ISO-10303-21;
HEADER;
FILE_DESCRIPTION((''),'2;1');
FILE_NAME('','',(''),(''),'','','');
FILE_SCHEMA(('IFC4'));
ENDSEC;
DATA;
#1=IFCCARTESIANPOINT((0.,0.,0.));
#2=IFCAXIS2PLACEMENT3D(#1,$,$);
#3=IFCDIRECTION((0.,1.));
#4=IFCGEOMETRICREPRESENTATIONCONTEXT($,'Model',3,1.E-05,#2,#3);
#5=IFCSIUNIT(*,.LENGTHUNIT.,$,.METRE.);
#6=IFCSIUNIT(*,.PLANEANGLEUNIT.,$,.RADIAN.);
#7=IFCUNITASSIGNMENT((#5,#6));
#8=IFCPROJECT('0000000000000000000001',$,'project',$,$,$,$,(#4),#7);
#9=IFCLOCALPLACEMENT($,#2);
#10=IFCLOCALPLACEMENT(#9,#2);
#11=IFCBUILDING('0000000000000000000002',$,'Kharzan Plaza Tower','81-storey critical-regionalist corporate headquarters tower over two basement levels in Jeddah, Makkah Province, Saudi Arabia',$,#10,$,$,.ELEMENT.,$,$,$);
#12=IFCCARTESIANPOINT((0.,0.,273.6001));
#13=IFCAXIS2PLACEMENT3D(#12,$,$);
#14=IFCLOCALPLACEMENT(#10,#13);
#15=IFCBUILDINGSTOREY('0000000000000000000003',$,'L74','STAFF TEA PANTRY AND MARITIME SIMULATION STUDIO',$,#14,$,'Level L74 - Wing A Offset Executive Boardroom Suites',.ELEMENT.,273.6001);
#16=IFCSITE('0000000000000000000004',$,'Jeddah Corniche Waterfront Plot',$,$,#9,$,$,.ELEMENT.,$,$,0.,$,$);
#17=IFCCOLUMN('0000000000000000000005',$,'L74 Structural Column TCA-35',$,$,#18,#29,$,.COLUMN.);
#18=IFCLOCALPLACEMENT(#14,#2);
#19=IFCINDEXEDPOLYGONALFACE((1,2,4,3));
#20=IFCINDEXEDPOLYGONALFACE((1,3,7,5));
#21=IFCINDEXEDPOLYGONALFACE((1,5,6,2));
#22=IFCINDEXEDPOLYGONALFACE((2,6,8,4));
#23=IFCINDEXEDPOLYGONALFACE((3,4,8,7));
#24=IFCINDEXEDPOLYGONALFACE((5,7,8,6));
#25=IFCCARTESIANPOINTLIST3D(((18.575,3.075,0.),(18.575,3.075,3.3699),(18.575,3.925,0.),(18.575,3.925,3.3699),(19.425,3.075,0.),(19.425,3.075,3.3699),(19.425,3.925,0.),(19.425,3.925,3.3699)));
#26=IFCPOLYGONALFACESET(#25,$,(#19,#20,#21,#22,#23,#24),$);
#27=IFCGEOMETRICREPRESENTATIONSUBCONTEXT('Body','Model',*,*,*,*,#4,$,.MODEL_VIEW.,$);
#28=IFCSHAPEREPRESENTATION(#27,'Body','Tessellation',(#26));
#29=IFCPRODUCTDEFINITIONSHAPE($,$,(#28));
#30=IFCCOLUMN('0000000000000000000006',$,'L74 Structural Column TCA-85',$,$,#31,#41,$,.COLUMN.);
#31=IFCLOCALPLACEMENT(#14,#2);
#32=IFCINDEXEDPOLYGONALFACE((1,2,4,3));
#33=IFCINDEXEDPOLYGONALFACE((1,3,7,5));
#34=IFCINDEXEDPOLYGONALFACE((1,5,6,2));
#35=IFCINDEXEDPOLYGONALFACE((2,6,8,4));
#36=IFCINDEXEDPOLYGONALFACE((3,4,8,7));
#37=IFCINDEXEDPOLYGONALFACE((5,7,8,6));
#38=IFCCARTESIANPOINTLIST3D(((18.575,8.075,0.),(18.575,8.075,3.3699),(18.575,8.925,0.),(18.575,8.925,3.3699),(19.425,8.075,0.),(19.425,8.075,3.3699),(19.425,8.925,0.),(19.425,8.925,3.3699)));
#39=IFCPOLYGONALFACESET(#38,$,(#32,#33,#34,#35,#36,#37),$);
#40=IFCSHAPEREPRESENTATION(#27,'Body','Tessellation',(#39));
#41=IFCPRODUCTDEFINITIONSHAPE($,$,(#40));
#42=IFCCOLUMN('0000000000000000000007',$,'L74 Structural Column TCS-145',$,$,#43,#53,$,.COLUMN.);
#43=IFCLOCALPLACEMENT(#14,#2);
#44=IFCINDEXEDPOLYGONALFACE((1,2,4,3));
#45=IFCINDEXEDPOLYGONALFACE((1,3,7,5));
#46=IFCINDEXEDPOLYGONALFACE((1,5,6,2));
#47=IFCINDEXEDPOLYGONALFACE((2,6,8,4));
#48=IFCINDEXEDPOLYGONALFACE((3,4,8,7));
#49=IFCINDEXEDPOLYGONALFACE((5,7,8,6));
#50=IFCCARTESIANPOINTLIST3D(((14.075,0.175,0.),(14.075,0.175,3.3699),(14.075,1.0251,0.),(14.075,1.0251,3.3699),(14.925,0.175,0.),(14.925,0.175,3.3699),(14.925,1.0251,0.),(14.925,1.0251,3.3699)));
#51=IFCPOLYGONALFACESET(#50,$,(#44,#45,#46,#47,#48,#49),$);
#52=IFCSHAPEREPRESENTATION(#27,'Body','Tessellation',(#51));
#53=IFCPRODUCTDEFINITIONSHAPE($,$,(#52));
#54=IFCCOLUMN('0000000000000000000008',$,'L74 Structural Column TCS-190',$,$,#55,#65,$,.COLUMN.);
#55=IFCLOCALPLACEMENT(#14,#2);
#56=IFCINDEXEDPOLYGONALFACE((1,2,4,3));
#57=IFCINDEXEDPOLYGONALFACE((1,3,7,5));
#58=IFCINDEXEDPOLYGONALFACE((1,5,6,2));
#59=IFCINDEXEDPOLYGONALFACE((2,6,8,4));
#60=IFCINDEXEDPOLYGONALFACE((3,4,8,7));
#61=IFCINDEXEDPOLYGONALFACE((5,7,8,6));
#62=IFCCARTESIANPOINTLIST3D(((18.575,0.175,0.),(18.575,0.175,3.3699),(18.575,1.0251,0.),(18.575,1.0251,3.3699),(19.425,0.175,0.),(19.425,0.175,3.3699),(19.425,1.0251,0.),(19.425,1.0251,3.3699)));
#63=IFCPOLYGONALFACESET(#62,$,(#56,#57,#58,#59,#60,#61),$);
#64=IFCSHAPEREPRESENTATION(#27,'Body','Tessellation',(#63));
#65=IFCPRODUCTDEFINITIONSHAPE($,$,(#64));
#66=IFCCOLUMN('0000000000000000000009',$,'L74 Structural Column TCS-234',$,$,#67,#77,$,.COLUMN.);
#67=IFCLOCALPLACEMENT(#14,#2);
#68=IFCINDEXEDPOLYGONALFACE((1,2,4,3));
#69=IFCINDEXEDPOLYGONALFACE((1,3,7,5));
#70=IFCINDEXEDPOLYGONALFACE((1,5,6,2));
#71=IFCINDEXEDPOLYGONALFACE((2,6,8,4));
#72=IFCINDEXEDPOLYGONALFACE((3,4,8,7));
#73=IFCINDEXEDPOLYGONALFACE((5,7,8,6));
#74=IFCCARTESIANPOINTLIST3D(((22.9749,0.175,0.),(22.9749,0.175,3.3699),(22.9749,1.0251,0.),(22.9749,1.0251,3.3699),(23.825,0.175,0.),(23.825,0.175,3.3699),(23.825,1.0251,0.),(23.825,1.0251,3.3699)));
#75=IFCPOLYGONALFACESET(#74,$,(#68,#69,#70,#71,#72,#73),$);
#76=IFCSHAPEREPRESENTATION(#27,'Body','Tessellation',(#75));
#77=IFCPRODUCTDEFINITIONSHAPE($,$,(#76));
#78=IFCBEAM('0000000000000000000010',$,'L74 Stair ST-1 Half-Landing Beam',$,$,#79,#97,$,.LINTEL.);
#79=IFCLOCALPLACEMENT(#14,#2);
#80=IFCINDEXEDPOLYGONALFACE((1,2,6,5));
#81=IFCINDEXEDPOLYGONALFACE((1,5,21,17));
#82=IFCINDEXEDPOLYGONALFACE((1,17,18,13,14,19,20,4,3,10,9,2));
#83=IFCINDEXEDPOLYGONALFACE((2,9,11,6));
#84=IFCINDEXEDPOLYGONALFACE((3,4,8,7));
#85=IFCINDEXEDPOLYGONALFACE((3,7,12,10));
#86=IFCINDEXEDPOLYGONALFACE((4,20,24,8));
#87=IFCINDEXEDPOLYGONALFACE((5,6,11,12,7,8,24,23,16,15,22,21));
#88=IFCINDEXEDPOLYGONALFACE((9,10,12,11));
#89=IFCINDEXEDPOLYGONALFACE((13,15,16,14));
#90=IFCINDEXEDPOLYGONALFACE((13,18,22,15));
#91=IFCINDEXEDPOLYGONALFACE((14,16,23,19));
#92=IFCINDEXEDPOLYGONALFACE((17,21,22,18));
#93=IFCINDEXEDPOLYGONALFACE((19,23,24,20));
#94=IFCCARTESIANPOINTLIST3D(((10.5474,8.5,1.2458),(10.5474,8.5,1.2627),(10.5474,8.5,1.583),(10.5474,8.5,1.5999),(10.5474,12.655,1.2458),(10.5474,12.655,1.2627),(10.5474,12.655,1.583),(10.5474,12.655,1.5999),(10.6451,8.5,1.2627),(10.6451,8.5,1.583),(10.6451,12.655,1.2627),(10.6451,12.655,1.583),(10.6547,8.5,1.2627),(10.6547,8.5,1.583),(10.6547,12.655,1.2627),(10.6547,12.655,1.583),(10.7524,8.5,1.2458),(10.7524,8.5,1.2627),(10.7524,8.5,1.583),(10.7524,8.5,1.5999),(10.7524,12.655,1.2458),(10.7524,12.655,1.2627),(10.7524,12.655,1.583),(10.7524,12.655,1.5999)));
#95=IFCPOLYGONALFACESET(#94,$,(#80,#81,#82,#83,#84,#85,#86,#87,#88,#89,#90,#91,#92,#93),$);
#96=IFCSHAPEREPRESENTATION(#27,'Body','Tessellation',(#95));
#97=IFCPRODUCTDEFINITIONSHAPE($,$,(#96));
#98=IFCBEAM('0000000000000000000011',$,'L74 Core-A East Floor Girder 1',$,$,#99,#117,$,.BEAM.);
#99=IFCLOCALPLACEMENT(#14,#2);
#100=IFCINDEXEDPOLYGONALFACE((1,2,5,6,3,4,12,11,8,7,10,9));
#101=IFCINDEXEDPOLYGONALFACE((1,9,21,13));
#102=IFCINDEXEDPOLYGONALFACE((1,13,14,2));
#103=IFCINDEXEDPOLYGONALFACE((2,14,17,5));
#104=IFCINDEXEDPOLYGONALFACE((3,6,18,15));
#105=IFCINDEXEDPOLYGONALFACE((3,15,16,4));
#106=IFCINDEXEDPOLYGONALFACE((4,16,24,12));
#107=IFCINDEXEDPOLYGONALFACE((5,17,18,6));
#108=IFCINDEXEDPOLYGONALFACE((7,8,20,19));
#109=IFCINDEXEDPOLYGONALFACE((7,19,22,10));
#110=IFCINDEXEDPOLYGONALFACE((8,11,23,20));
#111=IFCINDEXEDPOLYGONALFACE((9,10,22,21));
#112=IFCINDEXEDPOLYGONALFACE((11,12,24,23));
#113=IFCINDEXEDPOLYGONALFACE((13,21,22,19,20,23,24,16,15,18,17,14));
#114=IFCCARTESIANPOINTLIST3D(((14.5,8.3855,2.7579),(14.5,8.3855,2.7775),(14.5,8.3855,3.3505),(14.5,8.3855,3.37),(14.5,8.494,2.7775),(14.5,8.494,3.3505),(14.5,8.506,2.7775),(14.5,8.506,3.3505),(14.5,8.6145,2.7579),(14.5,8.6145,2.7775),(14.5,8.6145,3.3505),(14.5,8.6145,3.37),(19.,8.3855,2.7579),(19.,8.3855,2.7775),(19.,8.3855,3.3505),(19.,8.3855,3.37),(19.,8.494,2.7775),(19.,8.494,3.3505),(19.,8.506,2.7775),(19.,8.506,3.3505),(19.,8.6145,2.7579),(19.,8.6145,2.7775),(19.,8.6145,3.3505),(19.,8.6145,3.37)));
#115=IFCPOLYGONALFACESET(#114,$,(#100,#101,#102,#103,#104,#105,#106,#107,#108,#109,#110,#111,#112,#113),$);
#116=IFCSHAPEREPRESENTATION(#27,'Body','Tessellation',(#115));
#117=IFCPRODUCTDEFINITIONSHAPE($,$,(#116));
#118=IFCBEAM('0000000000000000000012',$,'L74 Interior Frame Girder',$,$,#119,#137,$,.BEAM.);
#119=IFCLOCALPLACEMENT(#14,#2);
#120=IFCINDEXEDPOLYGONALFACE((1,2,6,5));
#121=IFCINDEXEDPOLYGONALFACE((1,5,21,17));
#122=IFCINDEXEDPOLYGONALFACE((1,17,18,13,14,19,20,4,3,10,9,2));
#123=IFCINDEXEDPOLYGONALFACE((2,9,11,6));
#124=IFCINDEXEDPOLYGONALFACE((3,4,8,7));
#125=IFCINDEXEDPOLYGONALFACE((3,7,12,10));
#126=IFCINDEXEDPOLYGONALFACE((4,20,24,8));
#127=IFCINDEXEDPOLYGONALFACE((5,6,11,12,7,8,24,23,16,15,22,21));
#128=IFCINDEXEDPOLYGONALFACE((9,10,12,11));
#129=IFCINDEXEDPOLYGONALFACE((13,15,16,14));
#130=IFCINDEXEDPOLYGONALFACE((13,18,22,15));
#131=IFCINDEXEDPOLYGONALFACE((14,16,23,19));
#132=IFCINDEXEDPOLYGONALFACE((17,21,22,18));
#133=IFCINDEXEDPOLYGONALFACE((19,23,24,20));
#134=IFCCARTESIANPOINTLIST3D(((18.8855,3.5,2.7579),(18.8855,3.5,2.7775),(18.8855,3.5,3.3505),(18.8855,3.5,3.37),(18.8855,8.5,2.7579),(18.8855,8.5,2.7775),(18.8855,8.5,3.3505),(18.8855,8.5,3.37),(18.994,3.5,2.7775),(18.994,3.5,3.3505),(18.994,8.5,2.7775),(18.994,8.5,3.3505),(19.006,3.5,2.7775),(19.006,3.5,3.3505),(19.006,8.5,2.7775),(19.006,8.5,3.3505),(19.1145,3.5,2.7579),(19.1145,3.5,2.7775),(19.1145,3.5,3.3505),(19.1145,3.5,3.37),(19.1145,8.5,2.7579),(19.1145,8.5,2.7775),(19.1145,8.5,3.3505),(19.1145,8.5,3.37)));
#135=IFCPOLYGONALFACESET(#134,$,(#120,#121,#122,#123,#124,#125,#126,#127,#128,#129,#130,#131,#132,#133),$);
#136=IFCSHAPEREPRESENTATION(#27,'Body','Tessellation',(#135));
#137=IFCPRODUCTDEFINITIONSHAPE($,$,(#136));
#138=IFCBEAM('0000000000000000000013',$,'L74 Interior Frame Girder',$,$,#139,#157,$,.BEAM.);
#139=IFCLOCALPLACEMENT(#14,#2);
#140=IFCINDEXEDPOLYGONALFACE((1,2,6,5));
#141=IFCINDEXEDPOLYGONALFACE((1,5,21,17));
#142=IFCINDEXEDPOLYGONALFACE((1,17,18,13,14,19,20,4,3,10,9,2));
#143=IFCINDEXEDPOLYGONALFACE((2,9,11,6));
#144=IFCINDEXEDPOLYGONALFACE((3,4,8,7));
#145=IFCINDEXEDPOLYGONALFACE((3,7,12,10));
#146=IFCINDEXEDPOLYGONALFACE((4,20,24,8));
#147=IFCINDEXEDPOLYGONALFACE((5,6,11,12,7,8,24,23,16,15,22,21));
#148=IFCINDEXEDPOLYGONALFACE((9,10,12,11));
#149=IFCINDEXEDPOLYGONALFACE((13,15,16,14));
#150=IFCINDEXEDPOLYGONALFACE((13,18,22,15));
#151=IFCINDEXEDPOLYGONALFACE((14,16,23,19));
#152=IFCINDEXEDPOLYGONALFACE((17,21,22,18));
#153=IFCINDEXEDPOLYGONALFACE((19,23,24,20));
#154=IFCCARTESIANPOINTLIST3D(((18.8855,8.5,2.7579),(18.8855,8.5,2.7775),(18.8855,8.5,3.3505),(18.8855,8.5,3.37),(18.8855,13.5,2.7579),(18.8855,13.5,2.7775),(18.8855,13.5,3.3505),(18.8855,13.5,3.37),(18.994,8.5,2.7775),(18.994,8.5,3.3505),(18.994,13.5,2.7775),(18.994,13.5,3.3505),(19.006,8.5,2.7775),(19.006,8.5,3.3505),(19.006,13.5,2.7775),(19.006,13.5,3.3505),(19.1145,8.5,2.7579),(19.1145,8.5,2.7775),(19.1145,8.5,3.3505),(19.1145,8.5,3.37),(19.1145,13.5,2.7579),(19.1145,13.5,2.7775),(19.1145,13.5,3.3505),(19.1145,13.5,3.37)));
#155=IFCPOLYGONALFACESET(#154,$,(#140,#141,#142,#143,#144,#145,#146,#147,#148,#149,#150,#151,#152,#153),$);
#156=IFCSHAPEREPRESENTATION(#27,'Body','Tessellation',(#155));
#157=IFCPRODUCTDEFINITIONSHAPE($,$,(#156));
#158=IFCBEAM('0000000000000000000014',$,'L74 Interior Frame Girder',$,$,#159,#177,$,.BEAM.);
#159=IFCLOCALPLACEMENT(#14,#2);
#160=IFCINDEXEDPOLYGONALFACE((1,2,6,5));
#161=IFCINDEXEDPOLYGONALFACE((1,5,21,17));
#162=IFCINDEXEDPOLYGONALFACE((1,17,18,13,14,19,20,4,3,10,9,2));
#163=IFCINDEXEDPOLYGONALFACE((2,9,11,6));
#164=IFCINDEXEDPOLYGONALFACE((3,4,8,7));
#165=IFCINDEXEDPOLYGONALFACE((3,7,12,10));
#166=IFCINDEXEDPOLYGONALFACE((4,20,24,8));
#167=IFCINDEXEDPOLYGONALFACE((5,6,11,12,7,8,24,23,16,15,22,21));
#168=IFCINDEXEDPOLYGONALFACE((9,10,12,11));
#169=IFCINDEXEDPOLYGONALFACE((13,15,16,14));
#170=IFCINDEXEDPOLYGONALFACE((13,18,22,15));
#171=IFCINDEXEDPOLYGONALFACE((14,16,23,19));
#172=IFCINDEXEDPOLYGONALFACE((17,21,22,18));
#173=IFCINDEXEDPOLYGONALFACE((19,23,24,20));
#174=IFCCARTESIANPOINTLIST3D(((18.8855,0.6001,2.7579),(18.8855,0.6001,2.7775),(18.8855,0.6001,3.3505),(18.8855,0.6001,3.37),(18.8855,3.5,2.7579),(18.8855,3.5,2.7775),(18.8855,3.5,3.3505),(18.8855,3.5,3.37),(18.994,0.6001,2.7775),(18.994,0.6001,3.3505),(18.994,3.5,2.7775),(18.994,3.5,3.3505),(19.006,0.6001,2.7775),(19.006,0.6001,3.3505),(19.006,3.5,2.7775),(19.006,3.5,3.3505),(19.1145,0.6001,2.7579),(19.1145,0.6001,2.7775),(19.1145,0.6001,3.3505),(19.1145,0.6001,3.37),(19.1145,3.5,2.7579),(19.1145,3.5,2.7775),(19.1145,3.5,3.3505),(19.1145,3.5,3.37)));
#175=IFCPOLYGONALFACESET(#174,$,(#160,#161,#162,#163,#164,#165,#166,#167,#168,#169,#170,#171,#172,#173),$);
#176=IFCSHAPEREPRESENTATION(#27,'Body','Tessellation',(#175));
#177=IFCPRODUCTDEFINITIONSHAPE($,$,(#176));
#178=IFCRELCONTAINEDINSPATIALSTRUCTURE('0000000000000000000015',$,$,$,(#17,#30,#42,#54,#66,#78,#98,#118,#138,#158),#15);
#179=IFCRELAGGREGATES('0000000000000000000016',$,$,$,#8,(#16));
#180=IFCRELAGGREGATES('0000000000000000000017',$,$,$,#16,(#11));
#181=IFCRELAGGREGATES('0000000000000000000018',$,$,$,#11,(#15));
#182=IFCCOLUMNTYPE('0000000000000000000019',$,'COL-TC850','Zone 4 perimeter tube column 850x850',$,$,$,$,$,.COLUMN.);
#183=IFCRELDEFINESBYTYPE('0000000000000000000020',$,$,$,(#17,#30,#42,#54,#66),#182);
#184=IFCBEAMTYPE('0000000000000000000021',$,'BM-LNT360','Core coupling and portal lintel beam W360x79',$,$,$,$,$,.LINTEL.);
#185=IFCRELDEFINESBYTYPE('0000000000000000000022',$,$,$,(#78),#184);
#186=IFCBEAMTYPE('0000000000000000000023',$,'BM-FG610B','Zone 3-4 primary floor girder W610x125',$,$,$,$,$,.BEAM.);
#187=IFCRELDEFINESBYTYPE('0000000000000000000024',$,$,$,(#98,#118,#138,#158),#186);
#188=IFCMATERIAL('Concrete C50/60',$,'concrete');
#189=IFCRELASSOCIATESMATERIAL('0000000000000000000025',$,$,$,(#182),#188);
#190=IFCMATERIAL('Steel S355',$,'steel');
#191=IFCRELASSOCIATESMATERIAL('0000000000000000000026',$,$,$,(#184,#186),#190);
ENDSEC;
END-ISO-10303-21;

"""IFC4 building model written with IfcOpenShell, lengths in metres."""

from ifc_helpers import new_model, si_unit, direction, frame, origin, origin_2d, place, context, subcontext, project, spatial, rectangle, i_section, extrude, source, transform, mapped, material, material_profile, profile_set, type_object, element, save


model = new_model("IFC4")

# Units and contexts
model_context = context("Model", 3, precision=1e-05, world=origin(), true_north=direction((0.0, 1.0)))
body_context = subcontext(model_context, "Body", "Model", "MODEL_VIEW")
ifc_project = project(units=[si_unit("LENGTHUNIT", "METRE"), si_unit("PLANEANGLEUNIT", "RADIAN")], contexts=[model_context])

# Site, building, storey
site_placement = place(None, origin())
site = spatial("IfcSite", under=ifc_project, at=site_placement, Name="Jeddah Corniche Waterfront Plot", CompositionType="ELEMENT", RefElevation=0.0)
building_placement = place(site_placement, origin())
building = spatial("IfcBuilding", under=site, at=building_placement, Name="Kharzan Plaza Tower", Description="81-storey critical-regionalist corporate headquarters tower over two basement levels in Jeddah, Makkah Province, Saudi Arabia", CompositionType="ELEMENT")
storey_placement = place(building_placement, frame((0.0, 0.0, 273.6001)))
storey = spatial("IfcBuildingStorey", under=building, at=storey_placement, Name="L74", Description="STAFF TEA PANTRY AND MARITIME SIMULATION STUDIO", LongName="Level L74 - Wing A Offset Executive Boardroom Suites", CompositionType="ELEMENT", Elevation=273.6001)

# Columns
ifc_material_1 = material(Name="Concrete C50/60", Category="concrete")
ifc_material_profile_1 = material_profile(ifc_material_1, rectangle(XDim=0.8501, YDim=0.8501, at=origin_2d()), Name="RC-TC850x850")
ifc_profile_set_1 = profile_set([ifc_material_profile_1], Name="Concrete C50/60")
column_type = type_object("IfcColumnType", Name="COL-TC850", Description="Zone 4 perimeter tube column 850x850", PredefinedType="COLUMN", material=ifc_profile_set_1)
shared_shape_1 = source(origin(), body_context, "Body", "SweptSolid", [
    extrude(rectangle(XDim=0.8501, YDim=0.8501, at=origin_2d()), origin(), (0.0, 0.0, 1.0), 3.3699),
])
for number, where, z_axis, x_axis, name in (
    (1, (19.0, 3.5, 0.0), (0.0, 0.0, 1.0), (1.0, 0.0, 0.0), "L74 Structural Column TCA-35"),
    (2, (19.0, 8.5, 0.0), (0.0, 0.0, 1.0), (1.0, 0.0, 0.0), "L74 Structural Column TCA-85"),
    (3, (14.5, 0.6001, 0.0), (0.0, 0.0, 1.0), (1.0, 0.0, 0.0), "L74 Structural Column TCS-145"),
    (4, (19.0, 0.6001, 0.0), (0.0, 0.0, 1.0), (1.0, 0.0, 0.0), "L74 Structural Column TCS-190"),
    (5, (23.3999, 0.6001, 0.0), (0.0, 0.0, 1.0), (1.0, 0.0, 0.0), "L74 Structural Column TCS-234"),
):
    element("IfcColumn", number, at=place(storey_placement, frame(where, z_axis=z_axis, x_axis=x_axis)), inside=storey, type_object=column_type, Name=name, PredefinedType="COLUMN", context=body_context, shape_type="MappedRepresentation", body=[
        mapped(shared_shape_1, transform((0.0, 0.0, 0.0), x_axis=(1.0, 0.0, 0.0), y_axis=(0.0, 1.0, 0.0), z_axis=(0.0, 0.0, 1.0))),
    ])

# Beams
ifc_material_2 = material(Name="Steel S355", Category="steel")
ifc_material_profile_2 = material_profile(ifc_material_2, i_section(OverallWidth=0.2051, OverallDepth=0.354, WebThickness=0.0095, FlangeThickness=0.0168, at=origin_2d()), Name="W360x79")
ifc_profile_set_2 = profile_set([ifc_material_profile_2], Name="Steel S355")
beam_type_1 = type_object("IfcBeamType", Name="BM-LNT360", Description="Core coupling and portal lintel beam W360x79", PredefinedType="LINTEL", material=ifc_profile_set_2)
shared_shape_2 = source(origin(), body_context, "Body", "SweptSolid", [
    extrude(i_section(OverallWidth=0.2051, OverallDepth=0.354, WebThickness=0.0095, FlangeThickness=0.0168, at=origin_2d()), origin(), (0.0, 0.0, 1.0), 4.155),
])
beam_1_placement = place(storey_placement, frame((10.6499, 8.5, 1.4229), z_axis=(0.0, 1.0, 0.0), x_axis=(-1.0, 0.0, 0.0)))
element("IfcBeam", 6, at=beam_1_placement, inside=storey, type_object=beam_type_1, Name="L74 Stair ST-1 Half-Landing Beam", PredefinedType="LINTEL", context=body_context, shape_type="MappedRepresentation", body=[
    mapped(shared_shape_2, transform((0.0, 0.0, 0.0), x_axis=(1.0, 0.0, 0.0), y_axis=(0.0, 1.0, 0.0), z_axis=(0.0, 0.0, 1.0))),
])
ifc_material_profile_3 = material_profile(ifc_material_2, i_section(OverallWidth=0.229, OverallDepth=0.6121, WebThickness=0.012, FlangeThickness=0.0195, at=origin_2d()), Name="W610x125")
ifc_profile_set_3 = profile_set([ifc_material_profile_3], Name="Steel S355")
beam_type_2 = type_object("IfcBeamType", Name="BM-FG610B", Description="Zone 3-4 primary floor girder W610x125", PredefinedType="BEAM", material=ifc_profile_set_3)
shared_shape_3 = source(origin(), body_context, "Body", "SweptSolid", [
    extrude(i_section(OverallWidth=0.229, OverallDepth=0.6121, WebThickness=0.012, FlangeThickness=0.0195, at=origin_2d()), origin(), (0.0, 0.0, 1.0), 4.5),
])
beam_2_placement = place(storey_placement, frame((14.5, 8.5, 3.064), z_axis=(1.0, 0.0, 0.0), x_axis=(0.0, 1.0, 0.0)))
element("IfcBeam", 7, at=beam_2_placement, inside=storey, type_object=beam_type_2, Name="L74 Core-A East Floor Girder 1", PredefinedType="BEAM", context=body_context, shape_type="MappedRepresentation", body=[
    mapped(shared_shape_3, transform((0.0, 0.0, 0.0), x_axis=(1.0, 0.0, 0.0), y_axis=(0.0, 1.0, 0.0), z_axis=(0.0, 0.0, 1.0))),
])
shared_shape_4 = source(origin(), body_context, "Body", "SweptSolid", [
    extrude(i_section(OverallWidth=0.229, OverallDepth=0.6121, WebThickness=0.012, FlangeThickness=0.0195, at=origin_2d()), origin(), (0.0, 0.0, 1.0), 5.0),
])
for number, where, z_axis, x_axis, name in (
    (8, (19.0, 3.5, 3.064), (0.0, 1.0, 0.0), (-1.0, 0.0, 0.0), "L74 Interior Frame Girder"),
    (9, (19.0, 8.5, 3.064), (0.0, 1.0, 0.0), (-1.0, 0.0, 0.0), "L74 Interior Frame Girder"),
):
    element("IfcBeam", number, at=place(storey_placement, frame(where, z_axis=z_axis, x_axis=x_axis)), inside=storey, type_object=beam_type_2, Name=name, PredefinedType="BEAM", context=body_context, shape_type="MappedRepresentation", body=[
        mapped(shared_shape_4, transform((0.0, 0.0, 0.0), x_axis=(1.0, 0.0, 0.0), y_axis=(0.0, 1.0, 0.0), z_axis=(0.0, 0.0, 1.0))),
    ])
shared_shape_5 = source(origin(), body_context, "Body", "SweptSolid", [
    extrude(i_section(OverallWidth=0.229, OverallDepth=0.6121, WebThickness=0.012, FlangeThickness=0.0195, at=origin_2d()), origin(), (0.0, 0.0, 1.0), 2.8999),
])
beam_3_placement = place(storey_placement, frame((19.0, 0.6001, 3.064), z_axis=(0.0, 1.0, 0.0), x_axis=(-1.0, 0.0, 0.0)))
element("IfcBeam", 10, at=beam_3_placement, inside=storey, type_object=beam_type_2, Name="L74 Interior Frame Girder", PredefinedType="BEAM", context=body_context, shape_type="MappedRepresentation", body=[
    mapped(shared_shape_5, transform((0.0, 0.0, 0.0), x_axis=(1.0, 0.0, 0.0), y_axis=(0.0, 1.0, 0.0), z_axis=(0.0, 0.0, 1.0))),
])

save(model, "model.ifc")
